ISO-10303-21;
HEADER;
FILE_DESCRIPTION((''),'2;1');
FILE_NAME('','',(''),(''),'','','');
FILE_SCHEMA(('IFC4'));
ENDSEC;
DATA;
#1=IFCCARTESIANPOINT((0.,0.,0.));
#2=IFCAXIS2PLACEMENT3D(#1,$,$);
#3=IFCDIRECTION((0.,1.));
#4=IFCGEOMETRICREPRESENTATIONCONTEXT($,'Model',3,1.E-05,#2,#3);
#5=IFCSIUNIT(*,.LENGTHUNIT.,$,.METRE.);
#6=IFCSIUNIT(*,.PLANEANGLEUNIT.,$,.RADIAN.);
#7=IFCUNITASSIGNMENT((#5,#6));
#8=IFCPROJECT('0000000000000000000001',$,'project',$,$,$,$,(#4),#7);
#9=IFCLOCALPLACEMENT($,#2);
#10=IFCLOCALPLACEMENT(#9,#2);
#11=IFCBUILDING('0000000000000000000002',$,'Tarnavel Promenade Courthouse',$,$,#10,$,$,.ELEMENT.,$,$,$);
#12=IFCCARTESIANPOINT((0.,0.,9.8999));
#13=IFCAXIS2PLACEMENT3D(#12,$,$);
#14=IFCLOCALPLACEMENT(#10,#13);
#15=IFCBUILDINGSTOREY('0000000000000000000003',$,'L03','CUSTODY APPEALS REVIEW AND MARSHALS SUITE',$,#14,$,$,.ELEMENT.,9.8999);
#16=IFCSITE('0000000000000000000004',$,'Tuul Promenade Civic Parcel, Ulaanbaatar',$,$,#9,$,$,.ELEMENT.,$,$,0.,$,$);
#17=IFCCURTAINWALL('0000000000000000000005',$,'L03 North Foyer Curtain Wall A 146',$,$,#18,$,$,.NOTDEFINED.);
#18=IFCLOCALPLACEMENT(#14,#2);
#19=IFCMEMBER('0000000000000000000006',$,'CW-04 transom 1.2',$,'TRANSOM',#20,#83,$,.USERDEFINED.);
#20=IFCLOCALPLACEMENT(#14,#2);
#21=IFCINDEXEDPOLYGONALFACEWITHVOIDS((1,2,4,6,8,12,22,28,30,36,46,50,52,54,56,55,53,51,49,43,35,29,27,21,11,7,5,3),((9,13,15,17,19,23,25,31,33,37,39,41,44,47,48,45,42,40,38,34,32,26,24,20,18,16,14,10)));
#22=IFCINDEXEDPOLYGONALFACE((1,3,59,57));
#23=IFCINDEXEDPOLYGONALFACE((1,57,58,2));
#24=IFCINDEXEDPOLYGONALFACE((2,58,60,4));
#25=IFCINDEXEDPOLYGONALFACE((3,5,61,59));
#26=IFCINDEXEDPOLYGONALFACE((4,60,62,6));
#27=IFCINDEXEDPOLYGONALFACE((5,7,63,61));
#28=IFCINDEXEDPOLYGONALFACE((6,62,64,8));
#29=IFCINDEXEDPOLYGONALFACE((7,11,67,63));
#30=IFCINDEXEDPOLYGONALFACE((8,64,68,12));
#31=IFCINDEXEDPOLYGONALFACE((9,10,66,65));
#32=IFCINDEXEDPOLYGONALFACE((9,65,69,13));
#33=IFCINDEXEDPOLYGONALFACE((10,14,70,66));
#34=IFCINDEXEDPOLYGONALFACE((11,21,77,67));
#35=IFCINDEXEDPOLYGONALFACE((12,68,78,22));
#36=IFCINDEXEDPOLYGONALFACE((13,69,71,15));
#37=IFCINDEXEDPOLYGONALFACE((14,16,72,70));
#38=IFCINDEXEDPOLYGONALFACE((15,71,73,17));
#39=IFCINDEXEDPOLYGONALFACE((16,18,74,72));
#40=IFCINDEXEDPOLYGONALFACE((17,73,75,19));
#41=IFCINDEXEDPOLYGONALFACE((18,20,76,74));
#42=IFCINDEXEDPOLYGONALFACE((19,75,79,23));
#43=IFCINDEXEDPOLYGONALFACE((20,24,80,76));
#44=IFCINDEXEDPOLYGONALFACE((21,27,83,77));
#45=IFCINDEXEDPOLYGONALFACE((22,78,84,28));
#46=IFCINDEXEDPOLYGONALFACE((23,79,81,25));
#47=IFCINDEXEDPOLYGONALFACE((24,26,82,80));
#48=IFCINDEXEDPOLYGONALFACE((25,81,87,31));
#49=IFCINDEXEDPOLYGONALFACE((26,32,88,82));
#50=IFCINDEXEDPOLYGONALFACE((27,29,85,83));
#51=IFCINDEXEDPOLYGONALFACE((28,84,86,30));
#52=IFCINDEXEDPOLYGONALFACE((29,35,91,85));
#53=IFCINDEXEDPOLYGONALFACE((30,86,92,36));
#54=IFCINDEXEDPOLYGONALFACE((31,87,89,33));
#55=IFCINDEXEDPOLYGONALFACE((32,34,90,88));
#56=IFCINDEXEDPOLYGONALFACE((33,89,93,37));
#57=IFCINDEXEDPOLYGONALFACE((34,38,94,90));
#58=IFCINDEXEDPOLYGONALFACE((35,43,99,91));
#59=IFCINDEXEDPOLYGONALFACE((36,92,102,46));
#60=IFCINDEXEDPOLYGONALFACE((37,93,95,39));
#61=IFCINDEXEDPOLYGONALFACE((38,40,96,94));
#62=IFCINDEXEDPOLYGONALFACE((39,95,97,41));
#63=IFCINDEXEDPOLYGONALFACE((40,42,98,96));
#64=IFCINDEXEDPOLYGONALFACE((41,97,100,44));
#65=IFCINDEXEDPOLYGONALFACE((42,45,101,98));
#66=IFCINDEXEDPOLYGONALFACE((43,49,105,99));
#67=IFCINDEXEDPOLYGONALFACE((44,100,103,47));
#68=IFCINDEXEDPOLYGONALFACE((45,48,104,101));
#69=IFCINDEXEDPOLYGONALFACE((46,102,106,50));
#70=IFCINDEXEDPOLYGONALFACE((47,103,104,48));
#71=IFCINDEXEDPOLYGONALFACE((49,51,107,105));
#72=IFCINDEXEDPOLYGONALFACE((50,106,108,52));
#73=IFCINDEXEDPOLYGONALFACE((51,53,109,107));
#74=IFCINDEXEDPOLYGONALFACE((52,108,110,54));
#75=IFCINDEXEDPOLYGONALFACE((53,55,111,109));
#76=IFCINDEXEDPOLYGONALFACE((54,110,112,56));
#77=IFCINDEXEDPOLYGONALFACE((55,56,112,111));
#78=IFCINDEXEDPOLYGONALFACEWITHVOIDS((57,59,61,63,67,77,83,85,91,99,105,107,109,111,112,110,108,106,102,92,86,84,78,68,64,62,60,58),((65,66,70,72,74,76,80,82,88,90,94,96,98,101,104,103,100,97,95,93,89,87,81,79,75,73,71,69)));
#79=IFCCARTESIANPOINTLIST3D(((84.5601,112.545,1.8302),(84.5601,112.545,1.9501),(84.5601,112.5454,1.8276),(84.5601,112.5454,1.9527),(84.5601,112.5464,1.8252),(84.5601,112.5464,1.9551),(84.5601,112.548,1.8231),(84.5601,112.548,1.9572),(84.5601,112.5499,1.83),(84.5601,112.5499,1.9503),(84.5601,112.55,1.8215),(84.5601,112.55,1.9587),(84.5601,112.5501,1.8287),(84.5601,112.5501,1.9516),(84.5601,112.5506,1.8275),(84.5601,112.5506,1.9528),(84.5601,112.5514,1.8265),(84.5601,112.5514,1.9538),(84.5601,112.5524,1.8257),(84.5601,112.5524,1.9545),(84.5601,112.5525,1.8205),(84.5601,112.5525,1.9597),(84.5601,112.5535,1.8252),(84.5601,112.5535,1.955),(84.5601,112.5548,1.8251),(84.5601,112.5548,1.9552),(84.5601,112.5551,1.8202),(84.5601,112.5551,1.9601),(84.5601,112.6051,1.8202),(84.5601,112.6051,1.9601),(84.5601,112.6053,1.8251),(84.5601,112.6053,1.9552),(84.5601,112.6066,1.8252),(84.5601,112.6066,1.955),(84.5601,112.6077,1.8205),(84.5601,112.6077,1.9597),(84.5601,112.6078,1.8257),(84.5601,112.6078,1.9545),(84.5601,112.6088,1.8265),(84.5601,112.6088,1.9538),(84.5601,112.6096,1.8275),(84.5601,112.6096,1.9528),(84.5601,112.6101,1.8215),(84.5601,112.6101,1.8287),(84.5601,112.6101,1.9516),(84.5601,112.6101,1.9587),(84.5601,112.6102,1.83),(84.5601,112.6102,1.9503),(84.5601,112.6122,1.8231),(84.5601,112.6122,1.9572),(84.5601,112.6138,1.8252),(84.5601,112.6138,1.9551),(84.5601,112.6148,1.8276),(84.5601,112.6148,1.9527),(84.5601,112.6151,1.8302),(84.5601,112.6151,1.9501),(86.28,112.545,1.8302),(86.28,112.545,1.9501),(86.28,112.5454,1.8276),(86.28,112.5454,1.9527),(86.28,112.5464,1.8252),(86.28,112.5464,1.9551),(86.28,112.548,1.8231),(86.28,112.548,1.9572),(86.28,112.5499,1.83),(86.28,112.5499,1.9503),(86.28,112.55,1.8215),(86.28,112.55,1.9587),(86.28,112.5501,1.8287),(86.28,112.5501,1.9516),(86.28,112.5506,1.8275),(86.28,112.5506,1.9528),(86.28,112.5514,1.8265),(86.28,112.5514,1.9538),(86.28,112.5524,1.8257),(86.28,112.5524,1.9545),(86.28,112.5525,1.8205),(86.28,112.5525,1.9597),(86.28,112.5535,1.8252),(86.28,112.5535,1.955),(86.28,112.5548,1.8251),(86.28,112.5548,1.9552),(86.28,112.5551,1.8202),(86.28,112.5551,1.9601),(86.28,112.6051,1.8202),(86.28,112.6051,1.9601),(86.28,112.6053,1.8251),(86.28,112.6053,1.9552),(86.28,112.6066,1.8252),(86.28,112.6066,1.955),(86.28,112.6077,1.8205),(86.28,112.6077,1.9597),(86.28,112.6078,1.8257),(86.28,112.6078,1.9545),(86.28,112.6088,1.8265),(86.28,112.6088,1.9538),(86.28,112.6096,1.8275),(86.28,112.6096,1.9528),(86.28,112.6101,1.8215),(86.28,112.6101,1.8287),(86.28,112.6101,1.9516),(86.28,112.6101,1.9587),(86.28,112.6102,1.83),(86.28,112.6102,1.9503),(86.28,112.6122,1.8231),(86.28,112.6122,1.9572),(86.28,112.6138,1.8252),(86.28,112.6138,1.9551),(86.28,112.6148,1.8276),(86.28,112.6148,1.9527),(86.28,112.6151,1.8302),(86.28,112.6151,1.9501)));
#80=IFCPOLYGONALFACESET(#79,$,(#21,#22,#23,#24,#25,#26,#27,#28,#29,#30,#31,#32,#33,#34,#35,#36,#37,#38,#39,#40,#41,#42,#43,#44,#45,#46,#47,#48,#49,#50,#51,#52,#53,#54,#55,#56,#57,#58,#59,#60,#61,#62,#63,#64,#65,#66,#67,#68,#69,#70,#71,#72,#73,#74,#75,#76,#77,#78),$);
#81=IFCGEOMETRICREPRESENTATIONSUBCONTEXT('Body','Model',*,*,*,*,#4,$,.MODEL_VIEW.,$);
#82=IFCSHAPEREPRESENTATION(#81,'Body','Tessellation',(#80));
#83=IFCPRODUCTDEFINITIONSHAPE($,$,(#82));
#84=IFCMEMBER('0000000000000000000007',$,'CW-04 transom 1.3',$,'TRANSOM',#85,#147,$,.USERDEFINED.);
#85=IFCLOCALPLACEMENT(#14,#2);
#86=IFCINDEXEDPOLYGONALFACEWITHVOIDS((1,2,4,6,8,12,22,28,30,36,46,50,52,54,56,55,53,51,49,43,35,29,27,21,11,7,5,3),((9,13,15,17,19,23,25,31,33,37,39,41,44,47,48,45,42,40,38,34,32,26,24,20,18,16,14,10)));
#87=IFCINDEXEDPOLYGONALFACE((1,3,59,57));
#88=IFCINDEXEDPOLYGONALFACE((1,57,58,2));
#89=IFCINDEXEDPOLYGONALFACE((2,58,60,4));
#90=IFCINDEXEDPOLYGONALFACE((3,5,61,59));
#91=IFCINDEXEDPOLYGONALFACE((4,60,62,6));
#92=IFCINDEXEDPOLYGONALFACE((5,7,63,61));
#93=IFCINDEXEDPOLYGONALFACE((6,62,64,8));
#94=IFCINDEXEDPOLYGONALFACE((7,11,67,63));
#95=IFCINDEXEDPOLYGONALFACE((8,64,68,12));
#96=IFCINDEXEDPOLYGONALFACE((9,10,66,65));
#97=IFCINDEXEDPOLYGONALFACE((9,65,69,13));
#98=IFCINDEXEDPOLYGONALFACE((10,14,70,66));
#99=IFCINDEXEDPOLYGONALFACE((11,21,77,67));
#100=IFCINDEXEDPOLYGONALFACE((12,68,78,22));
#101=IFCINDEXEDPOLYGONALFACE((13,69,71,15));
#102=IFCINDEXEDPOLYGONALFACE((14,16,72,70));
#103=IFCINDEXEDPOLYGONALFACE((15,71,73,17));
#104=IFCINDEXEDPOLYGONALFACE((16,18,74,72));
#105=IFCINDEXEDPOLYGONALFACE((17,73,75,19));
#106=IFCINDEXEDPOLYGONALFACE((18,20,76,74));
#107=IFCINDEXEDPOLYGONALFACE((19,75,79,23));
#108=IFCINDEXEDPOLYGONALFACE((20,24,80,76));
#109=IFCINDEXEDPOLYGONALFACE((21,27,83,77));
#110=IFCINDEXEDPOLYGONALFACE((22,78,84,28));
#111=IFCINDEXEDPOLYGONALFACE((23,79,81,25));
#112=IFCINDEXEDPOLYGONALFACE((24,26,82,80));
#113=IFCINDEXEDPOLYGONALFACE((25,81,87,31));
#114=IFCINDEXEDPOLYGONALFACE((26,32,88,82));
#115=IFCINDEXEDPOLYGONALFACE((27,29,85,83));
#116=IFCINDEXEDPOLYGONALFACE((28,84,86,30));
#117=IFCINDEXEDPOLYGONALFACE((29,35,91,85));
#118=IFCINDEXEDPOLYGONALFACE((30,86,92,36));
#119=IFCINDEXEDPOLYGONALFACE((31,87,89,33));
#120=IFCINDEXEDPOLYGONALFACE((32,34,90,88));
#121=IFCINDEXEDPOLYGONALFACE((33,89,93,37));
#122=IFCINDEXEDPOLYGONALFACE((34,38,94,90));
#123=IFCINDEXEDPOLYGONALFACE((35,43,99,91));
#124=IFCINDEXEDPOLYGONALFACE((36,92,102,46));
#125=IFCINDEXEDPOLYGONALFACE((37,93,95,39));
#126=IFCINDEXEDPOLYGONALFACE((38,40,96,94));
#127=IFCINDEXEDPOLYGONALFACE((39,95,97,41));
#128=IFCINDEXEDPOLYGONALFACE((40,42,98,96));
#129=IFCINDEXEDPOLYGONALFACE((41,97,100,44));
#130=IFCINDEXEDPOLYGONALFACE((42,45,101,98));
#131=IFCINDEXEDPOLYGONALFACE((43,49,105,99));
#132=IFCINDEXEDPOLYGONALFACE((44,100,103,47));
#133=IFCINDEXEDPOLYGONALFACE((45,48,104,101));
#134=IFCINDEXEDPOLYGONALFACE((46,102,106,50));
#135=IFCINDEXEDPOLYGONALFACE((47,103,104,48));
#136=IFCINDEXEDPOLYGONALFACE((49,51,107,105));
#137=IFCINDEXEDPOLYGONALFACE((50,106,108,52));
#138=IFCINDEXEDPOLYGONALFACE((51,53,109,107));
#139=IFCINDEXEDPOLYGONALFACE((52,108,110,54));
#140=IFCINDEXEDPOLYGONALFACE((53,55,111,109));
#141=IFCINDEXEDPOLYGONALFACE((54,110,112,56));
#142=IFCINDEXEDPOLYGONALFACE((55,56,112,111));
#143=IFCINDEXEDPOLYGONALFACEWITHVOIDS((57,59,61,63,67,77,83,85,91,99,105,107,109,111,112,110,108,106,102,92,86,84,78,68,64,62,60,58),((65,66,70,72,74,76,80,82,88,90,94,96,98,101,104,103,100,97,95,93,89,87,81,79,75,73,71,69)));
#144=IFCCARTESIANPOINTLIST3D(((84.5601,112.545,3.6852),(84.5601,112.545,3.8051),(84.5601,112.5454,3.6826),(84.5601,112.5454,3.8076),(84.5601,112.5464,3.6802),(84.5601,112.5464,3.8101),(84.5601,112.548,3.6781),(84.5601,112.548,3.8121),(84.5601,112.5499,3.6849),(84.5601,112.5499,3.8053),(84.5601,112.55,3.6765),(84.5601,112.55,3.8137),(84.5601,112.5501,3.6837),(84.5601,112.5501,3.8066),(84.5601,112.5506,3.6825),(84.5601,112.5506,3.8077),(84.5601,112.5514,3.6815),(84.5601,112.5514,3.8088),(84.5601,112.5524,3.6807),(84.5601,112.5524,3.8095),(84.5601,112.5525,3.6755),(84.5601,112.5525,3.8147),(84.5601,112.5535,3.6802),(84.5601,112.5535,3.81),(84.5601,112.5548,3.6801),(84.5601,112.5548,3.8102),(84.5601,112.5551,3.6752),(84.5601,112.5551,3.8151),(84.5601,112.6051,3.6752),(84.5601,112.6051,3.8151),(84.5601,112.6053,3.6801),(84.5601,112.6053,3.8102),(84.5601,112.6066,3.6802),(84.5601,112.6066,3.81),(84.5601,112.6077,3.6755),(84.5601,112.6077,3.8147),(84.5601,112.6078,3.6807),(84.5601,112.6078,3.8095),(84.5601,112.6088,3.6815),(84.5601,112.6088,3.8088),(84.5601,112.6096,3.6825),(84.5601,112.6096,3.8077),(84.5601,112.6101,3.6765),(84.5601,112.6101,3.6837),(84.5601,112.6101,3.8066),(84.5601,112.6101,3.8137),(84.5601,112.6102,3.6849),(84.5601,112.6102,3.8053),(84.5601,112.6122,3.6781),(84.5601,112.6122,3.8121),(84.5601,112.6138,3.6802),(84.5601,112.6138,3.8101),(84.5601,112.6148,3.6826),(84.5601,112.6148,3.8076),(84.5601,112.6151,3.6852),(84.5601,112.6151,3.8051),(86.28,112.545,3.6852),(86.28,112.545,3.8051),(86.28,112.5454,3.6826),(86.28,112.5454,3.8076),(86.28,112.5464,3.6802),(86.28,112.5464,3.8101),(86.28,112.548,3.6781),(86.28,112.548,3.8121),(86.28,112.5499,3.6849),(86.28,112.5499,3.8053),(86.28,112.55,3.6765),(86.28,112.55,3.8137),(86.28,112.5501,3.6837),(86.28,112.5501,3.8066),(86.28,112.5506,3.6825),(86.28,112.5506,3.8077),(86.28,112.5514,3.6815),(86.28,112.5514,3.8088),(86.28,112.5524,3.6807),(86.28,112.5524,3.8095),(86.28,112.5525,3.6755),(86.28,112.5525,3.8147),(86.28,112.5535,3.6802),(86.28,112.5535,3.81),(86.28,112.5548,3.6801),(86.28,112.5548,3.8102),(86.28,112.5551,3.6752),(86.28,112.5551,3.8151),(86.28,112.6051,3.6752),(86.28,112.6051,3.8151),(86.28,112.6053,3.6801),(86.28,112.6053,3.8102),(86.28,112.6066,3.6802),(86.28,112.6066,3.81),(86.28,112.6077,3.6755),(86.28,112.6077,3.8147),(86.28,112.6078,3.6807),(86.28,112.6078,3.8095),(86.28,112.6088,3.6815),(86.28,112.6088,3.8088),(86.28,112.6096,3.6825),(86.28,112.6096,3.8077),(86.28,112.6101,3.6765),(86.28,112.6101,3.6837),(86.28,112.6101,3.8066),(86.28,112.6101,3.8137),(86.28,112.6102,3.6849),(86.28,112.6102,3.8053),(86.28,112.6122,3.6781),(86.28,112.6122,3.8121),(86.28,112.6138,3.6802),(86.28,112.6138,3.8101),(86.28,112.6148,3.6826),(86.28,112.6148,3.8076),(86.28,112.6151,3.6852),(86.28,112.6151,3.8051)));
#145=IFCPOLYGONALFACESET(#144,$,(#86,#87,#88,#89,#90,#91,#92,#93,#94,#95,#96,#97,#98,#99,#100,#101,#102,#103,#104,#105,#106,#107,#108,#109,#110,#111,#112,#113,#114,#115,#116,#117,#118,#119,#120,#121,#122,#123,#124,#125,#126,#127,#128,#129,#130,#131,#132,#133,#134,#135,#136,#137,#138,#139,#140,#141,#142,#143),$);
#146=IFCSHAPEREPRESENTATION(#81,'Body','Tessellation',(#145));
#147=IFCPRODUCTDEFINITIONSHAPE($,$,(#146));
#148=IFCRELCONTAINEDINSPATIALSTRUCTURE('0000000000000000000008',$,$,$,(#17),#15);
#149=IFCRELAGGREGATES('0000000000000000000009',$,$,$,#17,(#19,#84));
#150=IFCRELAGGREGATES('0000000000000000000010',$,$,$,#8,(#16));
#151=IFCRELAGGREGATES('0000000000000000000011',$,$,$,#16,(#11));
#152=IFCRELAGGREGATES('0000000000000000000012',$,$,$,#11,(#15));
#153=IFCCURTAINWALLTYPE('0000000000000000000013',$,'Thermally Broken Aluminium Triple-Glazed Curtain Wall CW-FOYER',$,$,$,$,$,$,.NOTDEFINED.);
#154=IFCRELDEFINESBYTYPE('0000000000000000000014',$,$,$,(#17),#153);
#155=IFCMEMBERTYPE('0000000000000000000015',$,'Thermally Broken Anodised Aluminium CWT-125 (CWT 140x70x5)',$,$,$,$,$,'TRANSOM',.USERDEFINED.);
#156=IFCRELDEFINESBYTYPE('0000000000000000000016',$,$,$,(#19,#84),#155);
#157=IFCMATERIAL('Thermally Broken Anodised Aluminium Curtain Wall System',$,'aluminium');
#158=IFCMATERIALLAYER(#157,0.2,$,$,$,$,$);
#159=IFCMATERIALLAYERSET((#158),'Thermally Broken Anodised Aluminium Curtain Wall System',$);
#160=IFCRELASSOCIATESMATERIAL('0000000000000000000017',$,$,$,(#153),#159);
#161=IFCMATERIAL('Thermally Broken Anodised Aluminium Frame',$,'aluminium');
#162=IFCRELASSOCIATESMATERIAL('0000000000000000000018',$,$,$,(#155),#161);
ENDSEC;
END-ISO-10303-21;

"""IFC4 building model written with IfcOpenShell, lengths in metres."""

from ifc_helpers import new_model, si_unit, direction, frame, origin, origin_2d, place, context, subcontext, project, spatial, hollow_rectangle, extrude, material, layer, layer_set, material_profile, profile_set, type_object, element, aggregate, save


model = new_model("IFC4")

# Units and contexts
model_context = context("Model", 3, precision=1e-05, world=origin(), true_north=direction((0.0, 1.0)))
body_context = subcontext(model_context, "Body", "Model", "MODEL_VIEW")
ifc_project = project(units=[si_unit("LENGTHUNIT", "METRE"), si_unit("PLANEANGLEUNIT", "RADIAN")], contexts=[model_context])

# Site, building, storey
site_placement = place(None, origin())
site = spatial("IfcSite", under=ifc_project, at=site_placement, Name="Tuul Promenade Civic Parcel, Ulaanbaatar", CompositionType="ELEMENT", RefElevation=0.0)
building_placement = place(site_placement, origin())
building = spatial("IfcBuilding", under=site, at=building_placement, Name="Tarnavel Promenade Courthouse", CompositionType="ELEMENT")
storey_placement = place(building_placement, frame((0.0, 0.0, 9.8999)))
storey = spatial("IfcBuildingStorey", under=building, at=storey_placement, Name="L03", Description="CUSTODY APPEALS REVIEW AND MARSHALS SUITE", CompositionType="ELEMENT", Elevation=9.8999)

# Curtain wall
ifc_material_1 = material(Name="Thermally Broken Anodised Aluminium Curtain Wall System", Category="aluminium")
ifc_layer_1 = layer(ifc_material_1, 0.2)
ifc_layer_set_1 = layer_set([ifc_layer_1], Name="Thermally Broken Anodised Aluminium Curtain Wall System")
curtain_wall_type = type_object("IfcCurtainWallType", Name="Thermally Broken Aluminium Triple-Glazed Curtain Wall CW-FOYER", PredefinedType="NOTDEFINED", material=ifc_layer_set_1)
curtain_wall_1_placement = place(storey_placement, origin())
curtain_wall_1 = element("IfcCurtainWall", 1, at=curtain_wall_1_placement, inside=storey, type_object=curtain_wall_type, Name="L03 North Foyer Curtain Wall A 146", PredefinedType="NOTDEFINED")
ifc_material_2 = material(Name="Thermally Broken Anodised Aluminium Frame", Category="aluminium")

# Members
ifc_material_profile_1 = material_profile(ifc_material_2, hollow_rectangle(XDim=0.0701, YDim=0.1399, WallThickness=0.0049, InnerFilletRadius=0.0049, OuterFilletRadius=0.01, at=origin_2d()), Name="CWT 140x70x5")
ifc_profile_set_1 = profile_set([ifc_material_profile_1], Name="Thermally Broken Anodised Aluminium Frame")
member_type_1 = type_object("IfcMemberType", Name="Thermally Broken Anodised Aluminium CWT-125 (CWT 140x70x5)", ElementType="TRANSOM", PredefinedType="USERDEFINED", material=ifc_profile_set_1)
member_1_placement = place(storey_placement, frame((84.5601, 112.5801, 1.8901), z_axis=(1.0, 0.0, 0.0), x_axis=(0.0, 1.0, 0.0)))
member_1 = element("IfcMember", 2, at=member_1_placement, type_object=member_type_1, Name="CW-04 transom 1.2", ObjectType="TRANSOM", PredefinedType="USERDEFINED", context=body_context, shape_type="SweptSolid", body=[
    extrude(hollow_rectangle(XDim=0.0701, YDim=0.1399, WallThickness=0.0049, InnerFilletRadius=0.0049, OuterFilletRadius=0.01, at=origin_2d()), origin(), (0.0, 0.0, 1.0), 1.72),
])
member_2_placement = place(storey_placement, frame((84.5601, 112.5801, 3.7451), z_axis=(1.0, 0.0, 0.0), x_axis=(0.0, 1.0, 0.0)))
member_2 = element("IfcMember", 3, at=member_2_placement, type_object=member_type_1, Name="CW-04 transom 1.3", ObjectType="TRANSOM", PredefinedType="USERDEFINED", context=body_context, shape_type="SweptSolid", body=[
    extrude(hollow_rectangle(XDim=0.0701, YDim=0.1399, WallThickness=0.0049, InnerFilletRadius=0.0049, OuterFilletRadius=0.01, at=origin_2d()), origin(), (0.0, 0.0, 1.0), 1.72),
])

aggregate(curtain_wall_1, [member_1, member_2])

save(model, "model.ifc")
